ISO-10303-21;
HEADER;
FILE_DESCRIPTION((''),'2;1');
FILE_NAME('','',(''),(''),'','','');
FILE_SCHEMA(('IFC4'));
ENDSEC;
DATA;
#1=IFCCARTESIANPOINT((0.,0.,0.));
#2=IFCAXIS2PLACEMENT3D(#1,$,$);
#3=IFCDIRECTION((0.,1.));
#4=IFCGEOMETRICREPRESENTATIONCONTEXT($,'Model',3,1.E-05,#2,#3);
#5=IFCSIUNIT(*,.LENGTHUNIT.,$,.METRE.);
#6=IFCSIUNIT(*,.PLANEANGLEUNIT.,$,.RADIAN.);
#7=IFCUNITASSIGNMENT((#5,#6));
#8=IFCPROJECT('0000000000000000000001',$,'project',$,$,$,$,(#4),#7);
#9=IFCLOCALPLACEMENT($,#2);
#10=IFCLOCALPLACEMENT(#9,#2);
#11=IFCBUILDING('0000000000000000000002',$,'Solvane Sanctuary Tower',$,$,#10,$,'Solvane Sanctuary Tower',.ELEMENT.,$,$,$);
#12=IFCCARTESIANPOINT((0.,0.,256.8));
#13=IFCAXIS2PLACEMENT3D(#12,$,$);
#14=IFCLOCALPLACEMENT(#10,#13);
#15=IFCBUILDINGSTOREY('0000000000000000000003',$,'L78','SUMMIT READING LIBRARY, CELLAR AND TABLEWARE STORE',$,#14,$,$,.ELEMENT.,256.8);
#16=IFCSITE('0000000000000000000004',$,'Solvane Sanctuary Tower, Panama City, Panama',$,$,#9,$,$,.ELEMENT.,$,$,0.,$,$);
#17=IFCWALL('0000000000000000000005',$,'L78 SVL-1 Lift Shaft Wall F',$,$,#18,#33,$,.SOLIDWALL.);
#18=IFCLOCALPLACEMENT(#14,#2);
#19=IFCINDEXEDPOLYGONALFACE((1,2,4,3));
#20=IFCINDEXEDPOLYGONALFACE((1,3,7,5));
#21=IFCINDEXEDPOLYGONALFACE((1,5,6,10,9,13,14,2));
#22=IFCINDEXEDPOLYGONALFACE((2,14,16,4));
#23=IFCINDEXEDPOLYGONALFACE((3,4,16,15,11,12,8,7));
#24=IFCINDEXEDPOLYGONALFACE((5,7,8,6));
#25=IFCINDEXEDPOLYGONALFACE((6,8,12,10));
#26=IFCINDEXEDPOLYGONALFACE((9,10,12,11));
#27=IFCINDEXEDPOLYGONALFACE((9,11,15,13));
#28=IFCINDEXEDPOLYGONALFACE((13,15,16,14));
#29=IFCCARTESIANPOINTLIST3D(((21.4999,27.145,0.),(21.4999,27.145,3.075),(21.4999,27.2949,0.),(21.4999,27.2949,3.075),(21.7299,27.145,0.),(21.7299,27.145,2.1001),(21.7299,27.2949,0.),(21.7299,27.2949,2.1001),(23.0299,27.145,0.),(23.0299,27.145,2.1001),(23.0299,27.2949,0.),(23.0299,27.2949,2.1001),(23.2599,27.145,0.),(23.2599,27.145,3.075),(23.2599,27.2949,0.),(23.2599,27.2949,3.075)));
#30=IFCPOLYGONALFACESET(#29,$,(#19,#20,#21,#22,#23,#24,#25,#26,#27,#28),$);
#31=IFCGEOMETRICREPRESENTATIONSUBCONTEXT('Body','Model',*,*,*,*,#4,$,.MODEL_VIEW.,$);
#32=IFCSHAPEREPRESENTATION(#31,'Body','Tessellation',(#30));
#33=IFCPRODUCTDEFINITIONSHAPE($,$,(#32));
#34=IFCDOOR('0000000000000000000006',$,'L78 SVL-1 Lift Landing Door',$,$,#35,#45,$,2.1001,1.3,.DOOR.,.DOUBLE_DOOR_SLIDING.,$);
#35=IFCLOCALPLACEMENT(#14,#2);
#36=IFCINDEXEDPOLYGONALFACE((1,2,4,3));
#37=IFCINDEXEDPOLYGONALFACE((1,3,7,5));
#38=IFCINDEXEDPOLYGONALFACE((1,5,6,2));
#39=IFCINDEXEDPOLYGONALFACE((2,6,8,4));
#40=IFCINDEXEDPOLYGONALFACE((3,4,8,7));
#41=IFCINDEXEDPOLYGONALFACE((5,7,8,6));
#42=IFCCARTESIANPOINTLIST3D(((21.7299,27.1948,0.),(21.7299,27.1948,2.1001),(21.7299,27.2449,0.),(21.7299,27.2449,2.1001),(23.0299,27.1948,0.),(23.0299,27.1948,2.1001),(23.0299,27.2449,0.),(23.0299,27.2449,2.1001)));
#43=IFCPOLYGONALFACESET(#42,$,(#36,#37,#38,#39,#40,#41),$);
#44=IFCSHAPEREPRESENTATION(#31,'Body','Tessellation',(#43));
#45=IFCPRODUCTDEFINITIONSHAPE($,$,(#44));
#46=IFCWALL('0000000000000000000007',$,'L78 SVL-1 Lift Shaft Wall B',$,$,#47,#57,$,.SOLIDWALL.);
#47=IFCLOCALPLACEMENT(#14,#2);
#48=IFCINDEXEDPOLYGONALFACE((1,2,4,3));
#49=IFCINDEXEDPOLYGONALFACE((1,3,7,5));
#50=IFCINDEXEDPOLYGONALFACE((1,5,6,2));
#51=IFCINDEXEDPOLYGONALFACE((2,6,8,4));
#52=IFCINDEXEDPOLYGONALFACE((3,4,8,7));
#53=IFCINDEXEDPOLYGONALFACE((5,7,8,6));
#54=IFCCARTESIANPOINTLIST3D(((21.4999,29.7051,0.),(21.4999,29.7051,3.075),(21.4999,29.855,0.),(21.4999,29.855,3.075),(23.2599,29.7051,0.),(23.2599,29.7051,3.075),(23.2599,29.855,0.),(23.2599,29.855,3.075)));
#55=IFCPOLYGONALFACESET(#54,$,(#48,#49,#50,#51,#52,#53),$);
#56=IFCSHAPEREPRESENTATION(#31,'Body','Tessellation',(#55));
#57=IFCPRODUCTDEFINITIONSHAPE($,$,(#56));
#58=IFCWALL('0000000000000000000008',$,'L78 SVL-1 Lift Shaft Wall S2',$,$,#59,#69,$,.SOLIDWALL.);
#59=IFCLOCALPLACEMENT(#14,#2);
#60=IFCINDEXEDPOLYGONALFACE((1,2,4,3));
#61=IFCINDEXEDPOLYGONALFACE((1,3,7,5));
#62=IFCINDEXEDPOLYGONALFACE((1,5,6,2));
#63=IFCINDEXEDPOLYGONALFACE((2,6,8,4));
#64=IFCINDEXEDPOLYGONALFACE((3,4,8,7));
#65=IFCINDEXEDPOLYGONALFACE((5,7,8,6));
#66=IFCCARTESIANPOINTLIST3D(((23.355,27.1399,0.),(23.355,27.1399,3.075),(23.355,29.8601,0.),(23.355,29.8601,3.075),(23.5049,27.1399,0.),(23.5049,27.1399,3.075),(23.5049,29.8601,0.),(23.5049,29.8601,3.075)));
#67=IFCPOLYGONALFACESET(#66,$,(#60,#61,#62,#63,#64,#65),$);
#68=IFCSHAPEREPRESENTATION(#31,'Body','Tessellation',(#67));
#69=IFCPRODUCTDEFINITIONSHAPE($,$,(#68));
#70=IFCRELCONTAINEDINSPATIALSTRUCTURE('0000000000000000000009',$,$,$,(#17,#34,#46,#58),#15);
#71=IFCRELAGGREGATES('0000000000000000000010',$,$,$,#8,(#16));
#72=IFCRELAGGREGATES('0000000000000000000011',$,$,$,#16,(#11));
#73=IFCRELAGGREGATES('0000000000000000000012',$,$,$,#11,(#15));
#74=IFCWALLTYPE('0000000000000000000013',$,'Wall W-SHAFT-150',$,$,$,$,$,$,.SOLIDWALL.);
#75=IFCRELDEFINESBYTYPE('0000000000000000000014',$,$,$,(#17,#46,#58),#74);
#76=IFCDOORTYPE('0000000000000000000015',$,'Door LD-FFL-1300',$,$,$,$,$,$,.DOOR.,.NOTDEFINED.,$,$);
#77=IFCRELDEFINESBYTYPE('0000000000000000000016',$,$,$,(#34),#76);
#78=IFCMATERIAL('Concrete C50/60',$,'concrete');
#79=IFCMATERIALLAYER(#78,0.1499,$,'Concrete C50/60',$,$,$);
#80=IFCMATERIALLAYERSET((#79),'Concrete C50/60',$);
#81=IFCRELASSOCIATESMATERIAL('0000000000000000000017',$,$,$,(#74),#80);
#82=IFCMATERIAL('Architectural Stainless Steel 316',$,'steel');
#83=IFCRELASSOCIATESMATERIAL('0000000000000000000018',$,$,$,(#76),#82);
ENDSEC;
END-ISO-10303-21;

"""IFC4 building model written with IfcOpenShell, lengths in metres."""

from ifc_helpers import new_model, si_unit, direction, frame, frame_2d, origin, place, context, subcontext, project, spatial, rectangle, extrude, material, layer, layer_set, type_object, element, fill, save


model = new_model("IFC4")

# Units and contexts
model_context = context("Model", 3, precision=1e-05, world=origin(), true_north=direction((0.0, 1.0)))
body_context = subcontext(model_context, "Body", "Model", "MODEL_VIEW")
ifc_project = project(units=[si_unit("LENGTHUNIT", "METRE"), si_unit("PLANEANGLEUNIT", "RADIAN")], contexts=[model_context])

# Site, building, storey
site_placement = place(None, origin())
site = spatial("IfcSite", under=ifc_project, at=site_placement, Name="Solvane Sanctuary Tower, Panama City, Panama", CompositionType="ELEMENT", RefElevation=0.0)
building_placement = place(site_placement, origin())
building = spatial("IfcBuilding", under=site, at=building_placement, Name="Solvane Sanctuary Tower", LongName="Solvane Sanctuary Tower", CompositionType="ELEMENT")
storey_placement = place(building_placement, frame((0.0, 0.0, 256.8)))
storey = spatial("IfcBuildingStorey", under=building, at=storey_placement, Name="L78", Description="SUMMIT READING LIBRARY, CELLAR AND TABLEWARE STORE", CompositionType="ELEMENT", Elevation=256.8)

# Shared definitions
ifc_material_1 = material(Name="Architectural Stainless Steel 316", Category="steel")

# Shared definitions
ifc_material_2 = material(Name="Concrete C50/60", Category="concrete")
ifc_layer_1 = layer(ifc_material_2, 0.1499, Name="Concrete C50/60")
ifc_layer_set_1 = layer_set([ifc_layer_1], Name="Concrete C50/60")
wall_type_1 = type_object("IfcWallType", Name="Wall W-SHAFT-150", PredefinedType="SOLIDWALL", material=ifc_layer_set_1)

# Wall, opening, door
wall_1_placement = place(storey_placement, frame((21.5, 27.22, 0.0), z_axis=(0.0, 0.0, 1.0), x_axis=(1.0, 0.0, 0.0)))
wall_1 = element("IfcWall", 1, at=wall_1_placement, inside=storey, type_object=wall_type_1, Name="L78 SVL-1 Lift Shaft Wall F", PredefinedType="SOLIDWALL", context=body_context, shape_type="SweptSolid", body=[
    extrude(rectangle(XDim=1.76, YDim=0.1499, at=frame_2d((0.8799, 0.0))), origin(), (0.0, 0.0, 1.0), 3.075),
])
opening_1_placement = place(wall_1_placement, frame((0.23, 0.0, 0.0)))
opening_1 = element("IfcOpeningElement", 2, at=opening_1_placement, cuts=wall_1, PredefinedType="OPENING", context=body_context, shape_type="SweptSolid", body=[
    extrude(rectangle(XDim=1.3, YDim=2.1001, at=frame_2d((0.6499, 1.05))), frame((0.0, 0.085, 0.0), z_axis=(0.0, -1.0, 0.0), x_axis=(1.0, 0.0, 0.0)), (0.0, 0.0, 1.0), 0.1699),
])
door_type_1 = type_object("IfcDoorType", Name="Door LD-FFL-1300", OperationType="NOTDEFINED", PredefinedType="DOOR", material=ifc_material_1)
door_1_placement = place(opening_1_placement, origin())
door_1 = element("IfcDoor", 3, at=door_1_placement, inside=storey, type_object=door_type_1, Name="L78 SVL-1 Lift Landing Door", OperationType="DOUBLE_DOOR_SLIDING", OverallHeight=2.1001, OverallWidth=1.3, PredefinedType="DOOR", context=body_context, shape_type="SweptSolid", body=[
    extrude(rectangle(XDim=1.3, YDim=2.1001, at=frame_2d((0.6499, 1.05))), frame((0.0, 0.0249, 0.0), z_axis=(0.0, -1.0, 0.0), x_axis=(1.0, 0.0, 0.0)), (0.0, 0.0, 1.0), 0.05),
])
fill(opening_1, door_1)

# Walls
wall_2_placement = place(storey_placement, frame((21.5, 29.78, 0.0), z_axis=(0.0, 0.0, 1.0), x_axis=(1.0, 0.0, 0.0)))
element("IfcWall", 4, at=wall_2_placement, inside=storey, type_object=wall_type_1, Name="L78 SVL-1 Lift Shaft Wall B", PredefinedType="SOLIDWALL", context=body_context, shape_type="SweptSolid", body=[
    extrude(rectangle(XDim=1.76, YDim=0.1499, at=frame_2d((0.8799, 0.0))), origin(), (0.0, 0.0, 1.0), 3.075),
])
wall_3_placement = place(storey_placement, frame((23.4299, 27.1399, 0.0), z_axis=(0.0, 0.0, 1.0), x_axis=(0.0, 1.0, 0.0)))
element("IfcWall", 5, at=wall_3_placement, inside=storey, type_object=wall_type_1, Name="L78 SVL-1 Lift Shaft Wall S2", PredefinedType="SOLIDWALL", context=body_context, shape_type="SweptSolid", body=[
    extrude(rectangle(XDim=2.7202, YDim=0.1499, at=frame_2d((1.3601, 0.0))), origin(), (0.0, 0.0, 1.0), 3.075),
])

save(model, "model.ifc")
